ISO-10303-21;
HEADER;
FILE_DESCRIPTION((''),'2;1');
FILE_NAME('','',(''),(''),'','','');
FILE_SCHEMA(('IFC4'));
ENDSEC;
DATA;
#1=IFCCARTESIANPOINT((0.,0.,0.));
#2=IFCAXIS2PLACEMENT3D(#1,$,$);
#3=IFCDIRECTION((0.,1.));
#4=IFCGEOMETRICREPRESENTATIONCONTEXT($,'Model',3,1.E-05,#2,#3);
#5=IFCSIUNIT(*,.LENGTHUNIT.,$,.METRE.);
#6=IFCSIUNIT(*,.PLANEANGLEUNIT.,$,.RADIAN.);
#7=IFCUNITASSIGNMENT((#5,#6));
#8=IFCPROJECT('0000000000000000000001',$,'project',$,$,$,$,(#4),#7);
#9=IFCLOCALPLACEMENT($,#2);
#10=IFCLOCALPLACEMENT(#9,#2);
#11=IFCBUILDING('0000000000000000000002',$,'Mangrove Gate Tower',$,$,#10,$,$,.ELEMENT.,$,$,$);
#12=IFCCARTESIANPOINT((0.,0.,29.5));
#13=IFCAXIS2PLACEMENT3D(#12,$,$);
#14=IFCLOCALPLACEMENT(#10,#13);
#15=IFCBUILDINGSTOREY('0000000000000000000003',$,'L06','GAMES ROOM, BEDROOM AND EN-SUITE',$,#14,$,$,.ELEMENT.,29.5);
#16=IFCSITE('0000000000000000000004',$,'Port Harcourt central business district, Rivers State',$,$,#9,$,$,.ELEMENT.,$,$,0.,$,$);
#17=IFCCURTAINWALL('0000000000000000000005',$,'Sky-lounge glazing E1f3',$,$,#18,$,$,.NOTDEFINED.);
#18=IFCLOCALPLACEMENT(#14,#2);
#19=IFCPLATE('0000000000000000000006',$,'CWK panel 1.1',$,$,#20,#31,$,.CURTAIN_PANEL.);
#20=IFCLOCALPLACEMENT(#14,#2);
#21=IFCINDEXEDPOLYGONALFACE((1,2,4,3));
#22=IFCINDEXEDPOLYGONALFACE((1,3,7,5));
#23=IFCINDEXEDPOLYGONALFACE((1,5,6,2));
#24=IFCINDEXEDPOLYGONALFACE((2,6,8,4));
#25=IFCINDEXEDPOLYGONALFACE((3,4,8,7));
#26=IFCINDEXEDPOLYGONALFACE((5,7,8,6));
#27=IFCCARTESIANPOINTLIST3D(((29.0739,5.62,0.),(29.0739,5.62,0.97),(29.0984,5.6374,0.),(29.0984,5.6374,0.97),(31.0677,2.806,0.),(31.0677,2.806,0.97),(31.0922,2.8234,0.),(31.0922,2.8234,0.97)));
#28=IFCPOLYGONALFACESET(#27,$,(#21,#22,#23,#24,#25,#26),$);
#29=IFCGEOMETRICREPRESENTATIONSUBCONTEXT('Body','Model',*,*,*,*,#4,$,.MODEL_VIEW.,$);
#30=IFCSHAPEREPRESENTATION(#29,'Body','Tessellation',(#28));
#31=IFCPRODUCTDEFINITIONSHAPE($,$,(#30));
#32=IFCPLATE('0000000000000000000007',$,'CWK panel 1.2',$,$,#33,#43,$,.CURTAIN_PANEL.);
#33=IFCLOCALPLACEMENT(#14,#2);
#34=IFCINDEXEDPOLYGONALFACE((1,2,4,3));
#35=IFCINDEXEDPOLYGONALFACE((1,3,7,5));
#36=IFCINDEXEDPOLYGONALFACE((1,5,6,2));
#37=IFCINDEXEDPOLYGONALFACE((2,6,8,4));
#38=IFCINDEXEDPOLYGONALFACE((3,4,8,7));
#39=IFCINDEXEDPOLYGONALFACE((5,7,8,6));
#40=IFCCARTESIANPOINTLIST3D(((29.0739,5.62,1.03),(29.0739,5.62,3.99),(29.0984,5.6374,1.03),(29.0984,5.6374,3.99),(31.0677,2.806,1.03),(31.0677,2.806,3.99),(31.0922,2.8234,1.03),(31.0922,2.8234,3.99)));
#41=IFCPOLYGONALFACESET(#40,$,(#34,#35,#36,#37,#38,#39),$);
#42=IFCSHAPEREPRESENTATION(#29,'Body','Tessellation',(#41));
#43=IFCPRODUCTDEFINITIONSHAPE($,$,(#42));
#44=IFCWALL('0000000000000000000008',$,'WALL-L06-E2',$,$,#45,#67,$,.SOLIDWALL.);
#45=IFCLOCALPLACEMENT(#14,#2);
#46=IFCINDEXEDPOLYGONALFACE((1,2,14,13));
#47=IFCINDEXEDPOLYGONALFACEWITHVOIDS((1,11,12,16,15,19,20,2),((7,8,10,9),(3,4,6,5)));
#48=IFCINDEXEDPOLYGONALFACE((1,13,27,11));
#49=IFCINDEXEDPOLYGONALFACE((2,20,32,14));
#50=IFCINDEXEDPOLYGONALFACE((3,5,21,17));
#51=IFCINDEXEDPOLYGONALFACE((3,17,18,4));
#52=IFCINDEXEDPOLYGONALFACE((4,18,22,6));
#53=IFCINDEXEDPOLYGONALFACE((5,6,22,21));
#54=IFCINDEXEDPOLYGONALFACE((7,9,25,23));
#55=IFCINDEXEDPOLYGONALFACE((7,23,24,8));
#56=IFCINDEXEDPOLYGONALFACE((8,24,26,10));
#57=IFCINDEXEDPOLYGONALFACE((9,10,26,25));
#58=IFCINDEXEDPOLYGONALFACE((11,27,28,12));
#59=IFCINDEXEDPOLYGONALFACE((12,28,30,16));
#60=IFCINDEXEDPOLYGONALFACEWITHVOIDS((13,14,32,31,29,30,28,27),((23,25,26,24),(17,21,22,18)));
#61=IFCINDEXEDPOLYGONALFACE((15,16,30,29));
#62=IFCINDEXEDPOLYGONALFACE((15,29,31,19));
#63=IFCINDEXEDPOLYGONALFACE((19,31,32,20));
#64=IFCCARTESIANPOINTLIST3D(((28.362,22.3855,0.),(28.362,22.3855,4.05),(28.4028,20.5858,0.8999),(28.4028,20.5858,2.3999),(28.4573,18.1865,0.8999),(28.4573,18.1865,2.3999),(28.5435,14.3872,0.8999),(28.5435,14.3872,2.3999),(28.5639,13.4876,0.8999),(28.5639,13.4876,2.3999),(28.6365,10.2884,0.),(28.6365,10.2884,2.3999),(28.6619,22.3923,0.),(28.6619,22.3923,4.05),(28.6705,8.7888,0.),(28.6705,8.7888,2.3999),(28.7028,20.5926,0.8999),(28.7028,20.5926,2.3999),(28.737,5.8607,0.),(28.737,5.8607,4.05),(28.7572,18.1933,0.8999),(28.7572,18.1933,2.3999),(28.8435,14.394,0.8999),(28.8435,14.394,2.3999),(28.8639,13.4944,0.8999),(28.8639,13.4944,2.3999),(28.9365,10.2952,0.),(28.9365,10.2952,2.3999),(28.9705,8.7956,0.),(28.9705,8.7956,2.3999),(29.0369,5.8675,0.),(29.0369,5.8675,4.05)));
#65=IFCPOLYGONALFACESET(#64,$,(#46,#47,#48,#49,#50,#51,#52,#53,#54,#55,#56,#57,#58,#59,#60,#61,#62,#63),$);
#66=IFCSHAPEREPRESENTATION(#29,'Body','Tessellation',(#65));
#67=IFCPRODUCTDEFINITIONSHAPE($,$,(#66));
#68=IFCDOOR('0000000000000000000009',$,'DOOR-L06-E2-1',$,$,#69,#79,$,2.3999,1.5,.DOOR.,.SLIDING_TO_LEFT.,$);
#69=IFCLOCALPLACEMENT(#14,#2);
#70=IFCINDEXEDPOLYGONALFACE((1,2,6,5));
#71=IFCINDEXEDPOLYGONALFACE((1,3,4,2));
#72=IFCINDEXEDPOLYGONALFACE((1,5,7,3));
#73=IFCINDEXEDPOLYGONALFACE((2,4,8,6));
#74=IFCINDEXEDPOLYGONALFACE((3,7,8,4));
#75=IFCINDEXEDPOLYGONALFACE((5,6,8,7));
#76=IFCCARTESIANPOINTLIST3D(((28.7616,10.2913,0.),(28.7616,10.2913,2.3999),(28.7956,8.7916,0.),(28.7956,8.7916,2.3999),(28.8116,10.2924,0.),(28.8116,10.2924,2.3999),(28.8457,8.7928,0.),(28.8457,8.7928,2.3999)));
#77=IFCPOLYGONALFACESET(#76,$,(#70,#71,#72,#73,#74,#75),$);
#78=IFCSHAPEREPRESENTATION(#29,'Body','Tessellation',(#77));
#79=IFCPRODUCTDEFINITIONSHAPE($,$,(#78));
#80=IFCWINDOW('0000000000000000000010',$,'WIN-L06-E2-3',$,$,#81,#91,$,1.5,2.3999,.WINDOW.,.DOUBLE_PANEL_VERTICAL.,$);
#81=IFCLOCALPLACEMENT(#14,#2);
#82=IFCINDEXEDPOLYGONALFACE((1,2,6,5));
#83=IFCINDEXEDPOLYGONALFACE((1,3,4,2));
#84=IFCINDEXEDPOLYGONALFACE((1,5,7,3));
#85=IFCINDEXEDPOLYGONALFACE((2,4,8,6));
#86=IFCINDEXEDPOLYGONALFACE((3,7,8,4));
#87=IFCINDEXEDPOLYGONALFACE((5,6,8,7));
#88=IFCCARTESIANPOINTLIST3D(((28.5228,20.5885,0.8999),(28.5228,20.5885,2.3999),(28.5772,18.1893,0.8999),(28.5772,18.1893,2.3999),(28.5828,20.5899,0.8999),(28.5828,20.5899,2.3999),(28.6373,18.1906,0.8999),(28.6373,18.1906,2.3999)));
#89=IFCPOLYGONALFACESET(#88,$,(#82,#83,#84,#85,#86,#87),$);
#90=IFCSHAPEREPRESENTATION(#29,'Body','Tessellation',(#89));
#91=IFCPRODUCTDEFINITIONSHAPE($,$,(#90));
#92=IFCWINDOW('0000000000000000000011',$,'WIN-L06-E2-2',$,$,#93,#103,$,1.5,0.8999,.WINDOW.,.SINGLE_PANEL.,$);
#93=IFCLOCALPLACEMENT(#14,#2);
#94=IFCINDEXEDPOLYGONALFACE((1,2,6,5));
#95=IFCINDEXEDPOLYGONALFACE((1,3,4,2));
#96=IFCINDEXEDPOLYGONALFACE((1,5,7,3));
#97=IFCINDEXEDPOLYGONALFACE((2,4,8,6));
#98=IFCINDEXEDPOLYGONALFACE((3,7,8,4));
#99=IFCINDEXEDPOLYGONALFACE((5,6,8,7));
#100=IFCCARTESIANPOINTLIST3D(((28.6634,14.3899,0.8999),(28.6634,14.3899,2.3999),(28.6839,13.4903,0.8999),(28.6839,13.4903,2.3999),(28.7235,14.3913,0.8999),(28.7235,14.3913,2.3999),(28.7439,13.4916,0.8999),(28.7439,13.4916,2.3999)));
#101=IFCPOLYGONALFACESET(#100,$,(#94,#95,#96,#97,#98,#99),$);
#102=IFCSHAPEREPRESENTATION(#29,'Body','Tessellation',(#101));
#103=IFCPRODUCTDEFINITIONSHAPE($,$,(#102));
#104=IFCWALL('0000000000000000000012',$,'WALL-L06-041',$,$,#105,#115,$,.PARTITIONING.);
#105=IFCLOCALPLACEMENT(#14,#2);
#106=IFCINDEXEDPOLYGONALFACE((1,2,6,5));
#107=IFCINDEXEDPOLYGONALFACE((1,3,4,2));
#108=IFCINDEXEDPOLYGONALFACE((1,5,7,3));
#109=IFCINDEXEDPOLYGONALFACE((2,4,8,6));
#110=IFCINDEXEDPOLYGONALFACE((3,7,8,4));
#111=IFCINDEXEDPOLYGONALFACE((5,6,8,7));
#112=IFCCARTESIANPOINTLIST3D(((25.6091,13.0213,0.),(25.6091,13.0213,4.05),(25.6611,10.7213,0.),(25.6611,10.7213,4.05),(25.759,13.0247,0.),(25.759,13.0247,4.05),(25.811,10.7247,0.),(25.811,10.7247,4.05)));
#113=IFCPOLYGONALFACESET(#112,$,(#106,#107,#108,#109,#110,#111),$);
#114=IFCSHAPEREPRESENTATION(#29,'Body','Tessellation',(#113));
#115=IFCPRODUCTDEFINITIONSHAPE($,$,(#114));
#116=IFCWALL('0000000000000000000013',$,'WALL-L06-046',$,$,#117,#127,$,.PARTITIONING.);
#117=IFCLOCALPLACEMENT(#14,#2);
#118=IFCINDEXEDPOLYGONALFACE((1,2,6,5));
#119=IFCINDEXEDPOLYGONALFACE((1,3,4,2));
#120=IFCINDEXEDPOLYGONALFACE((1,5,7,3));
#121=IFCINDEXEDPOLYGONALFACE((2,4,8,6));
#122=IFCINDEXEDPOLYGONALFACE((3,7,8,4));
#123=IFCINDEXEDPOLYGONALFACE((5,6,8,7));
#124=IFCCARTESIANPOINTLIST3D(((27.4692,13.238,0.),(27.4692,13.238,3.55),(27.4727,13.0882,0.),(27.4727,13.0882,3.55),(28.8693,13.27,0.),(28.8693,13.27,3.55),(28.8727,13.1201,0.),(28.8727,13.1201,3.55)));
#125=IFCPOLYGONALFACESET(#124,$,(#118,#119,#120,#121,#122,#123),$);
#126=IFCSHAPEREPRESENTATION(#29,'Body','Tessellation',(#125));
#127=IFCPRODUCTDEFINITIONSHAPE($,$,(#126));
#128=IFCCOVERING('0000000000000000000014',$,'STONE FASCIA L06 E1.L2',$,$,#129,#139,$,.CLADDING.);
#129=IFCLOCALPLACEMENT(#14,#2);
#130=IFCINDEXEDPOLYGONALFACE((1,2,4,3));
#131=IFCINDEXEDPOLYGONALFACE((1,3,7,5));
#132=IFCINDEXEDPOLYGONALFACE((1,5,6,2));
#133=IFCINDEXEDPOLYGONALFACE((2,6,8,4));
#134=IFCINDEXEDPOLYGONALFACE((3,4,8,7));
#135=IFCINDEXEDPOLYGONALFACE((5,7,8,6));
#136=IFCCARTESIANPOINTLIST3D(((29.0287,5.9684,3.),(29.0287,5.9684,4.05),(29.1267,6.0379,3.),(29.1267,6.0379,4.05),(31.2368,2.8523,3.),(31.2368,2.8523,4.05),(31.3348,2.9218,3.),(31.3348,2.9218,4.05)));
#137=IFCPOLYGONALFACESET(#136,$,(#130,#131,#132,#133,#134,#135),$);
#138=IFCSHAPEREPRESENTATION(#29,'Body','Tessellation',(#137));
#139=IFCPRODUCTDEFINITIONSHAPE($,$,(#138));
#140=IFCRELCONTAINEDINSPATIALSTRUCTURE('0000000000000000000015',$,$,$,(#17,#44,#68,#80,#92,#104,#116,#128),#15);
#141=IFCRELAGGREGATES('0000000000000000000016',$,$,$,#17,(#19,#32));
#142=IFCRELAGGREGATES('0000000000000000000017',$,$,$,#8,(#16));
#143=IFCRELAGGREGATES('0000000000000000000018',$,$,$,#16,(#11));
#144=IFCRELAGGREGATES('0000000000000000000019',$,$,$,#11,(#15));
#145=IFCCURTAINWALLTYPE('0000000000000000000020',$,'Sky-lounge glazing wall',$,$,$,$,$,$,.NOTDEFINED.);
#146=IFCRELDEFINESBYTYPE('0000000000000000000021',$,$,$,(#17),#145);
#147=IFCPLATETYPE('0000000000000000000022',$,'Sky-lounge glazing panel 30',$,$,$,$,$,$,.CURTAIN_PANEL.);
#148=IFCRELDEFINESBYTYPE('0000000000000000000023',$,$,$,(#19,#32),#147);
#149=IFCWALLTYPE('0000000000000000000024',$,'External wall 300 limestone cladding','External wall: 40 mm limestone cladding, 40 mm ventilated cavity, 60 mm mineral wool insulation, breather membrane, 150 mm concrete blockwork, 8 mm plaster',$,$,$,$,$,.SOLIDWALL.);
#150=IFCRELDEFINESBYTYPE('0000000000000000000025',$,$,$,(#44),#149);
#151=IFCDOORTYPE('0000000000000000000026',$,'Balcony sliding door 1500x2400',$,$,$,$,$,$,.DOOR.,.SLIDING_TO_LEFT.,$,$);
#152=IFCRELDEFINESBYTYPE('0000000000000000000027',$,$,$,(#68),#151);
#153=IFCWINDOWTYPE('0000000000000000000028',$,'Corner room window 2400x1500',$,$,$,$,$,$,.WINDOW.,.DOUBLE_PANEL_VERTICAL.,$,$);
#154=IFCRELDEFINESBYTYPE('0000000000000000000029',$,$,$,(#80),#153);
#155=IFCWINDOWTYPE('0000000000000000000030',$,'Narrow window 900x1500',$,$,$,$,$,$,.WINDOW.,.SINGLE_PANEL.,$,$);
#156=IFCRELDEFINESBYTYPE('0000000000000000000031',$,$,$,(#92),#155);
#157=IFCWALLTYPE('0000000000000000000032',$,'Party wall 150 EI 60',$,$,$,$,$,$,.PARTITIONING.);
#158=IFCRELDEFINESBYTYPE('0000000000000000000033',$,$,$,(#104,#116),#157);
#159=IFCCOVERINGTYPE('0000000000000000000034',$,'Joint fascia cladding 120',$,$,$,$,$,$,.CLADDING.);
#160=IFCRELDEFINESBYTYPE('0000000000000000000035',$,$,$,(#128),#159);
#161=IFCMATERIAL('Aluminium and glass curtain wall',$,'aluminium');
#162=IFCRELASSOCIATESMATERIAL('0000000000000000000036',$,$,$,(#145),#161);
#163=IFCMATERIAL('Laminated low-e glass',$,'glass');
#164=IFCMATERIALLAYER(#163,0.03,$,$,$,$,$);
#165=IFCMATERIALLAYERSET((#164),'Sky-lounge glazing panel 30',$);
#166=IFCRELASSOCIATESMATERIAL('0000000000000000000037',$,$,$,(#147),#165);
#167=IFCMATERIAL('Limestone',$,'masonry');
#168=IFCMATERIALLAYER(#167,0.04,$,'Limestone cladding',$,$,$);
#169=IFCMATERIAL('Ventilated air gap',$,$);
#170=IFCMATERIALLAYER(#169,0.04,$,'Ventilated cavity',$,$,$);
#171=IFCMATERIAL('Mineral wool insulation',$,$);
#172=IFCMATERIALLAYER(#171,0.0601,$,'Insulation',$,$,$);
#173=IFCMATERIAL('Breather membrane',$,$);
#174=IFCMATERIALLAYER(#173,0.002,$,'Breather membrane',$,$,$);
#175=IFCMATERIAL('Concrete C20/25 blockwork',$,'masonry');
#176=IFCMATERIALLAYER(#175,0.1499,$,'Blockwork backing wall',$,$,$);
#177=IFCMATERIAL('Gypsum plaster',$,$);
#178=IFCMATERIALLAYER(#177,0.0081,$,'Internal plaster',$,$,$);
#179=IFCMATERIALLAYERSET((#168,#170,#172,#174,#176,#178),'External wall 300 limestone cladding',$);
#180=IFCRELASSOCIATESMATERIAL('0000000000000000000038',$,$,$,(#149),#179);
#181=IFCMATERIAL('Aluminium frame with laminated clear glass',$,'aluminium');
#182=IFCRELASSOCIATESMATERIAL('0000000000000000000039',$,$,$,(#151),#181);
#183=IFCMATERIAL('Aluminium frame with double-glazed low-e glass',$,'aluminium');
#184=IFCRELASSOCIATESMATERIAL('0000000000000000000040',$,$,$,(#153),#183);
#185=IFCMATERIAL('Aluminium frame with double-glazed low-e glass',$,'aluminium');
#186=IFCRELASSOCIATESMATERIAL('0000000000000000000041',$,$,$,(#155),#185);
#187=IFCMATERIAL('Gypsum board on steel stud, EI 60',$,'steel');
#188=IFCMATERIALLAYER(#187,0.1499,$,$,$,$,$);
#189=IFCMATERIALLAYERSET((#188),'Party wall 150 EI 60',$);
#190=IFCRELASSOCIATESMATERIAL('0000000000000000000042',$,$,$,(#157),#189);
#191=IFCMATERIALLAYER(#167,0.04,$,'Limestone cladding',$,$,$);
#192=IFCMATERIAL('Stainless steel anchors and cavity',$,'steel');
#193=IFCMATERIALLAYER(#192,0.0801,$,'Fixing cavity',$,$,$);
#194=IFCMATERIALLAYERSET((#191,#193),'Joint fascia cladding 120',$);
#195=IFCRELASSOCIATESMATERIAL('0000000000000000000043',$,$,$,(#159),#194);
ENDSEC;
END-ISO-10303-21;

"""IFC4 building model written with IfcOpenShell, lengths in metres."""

from ifc_helpers import new_model, si_unit, direction, frame, frame_2d, origin, origin_2d, place, context, subcontext, project, spatial, rectangle, extrude, material, layer, layer_set, type_object, element, fill, aggregate, save


model = new_model("IFC4")

# Units and contexts
model_context = context("Model", 3, precision=1e-05, world=origin(), true_north=direction((0.0, 1.0)))
body_context = subcontext(model_context, "Body", "Model", "MODEL_VIEW")
ifc_project = project(units=[si_unit("LENGTHUNIT", "METRE"), si_unit("PLANEANGLEUNIT", "RADIAN")], contexts=[model_context])

# Site, building, storey
site_placement = place(None, origin())
site = spatial("IfcSite", under=ifc_project, at=site_placement, Name="Port Harcourt central business district, Rivers State", CompositionType="ELEMENT", RefElevation=0.0)
building_placement = place(site_placement, origin())
building = spatial("IfcBuilding", under=site, at=building_placement, Name="Mangrove Gate Tower", CompositionType="ELEMENT")
storey_placement = place(building_placement, frame((0.0, 0.0, 29.5)))
storey = spatial("IfcBuildingStorey", under=building, at=storey_placement, Name="L06", Description="GAMES ROOM, BEDROOM AND EN-SUITE", CompositionType="ELEMENT", Elevation=29.5)

# Curtain wall
ifc_material_1 = material(Name="Aluminium and glass curtain wall", Category="aluminium")
curtain_wall_type = type_object("IfcCurtainWallType", Name="Sky-lounge glazing wall", PredefinedType="NOTDEFINED", material=ifc_material_1)
curtain_wall_1_placement = place(storey_placement, origin())
curtain_wall_1 = element("IfcCurtainWall", 1, at=curtain_wall_1_placement, inside=storey, type_object=curtain_wall_type, Name="Sky-lounge glazing E1f3", PredefinedType="NOTDEFINED")

# Plates
ifc_material_2 = material(Name="Laminated low-e glass", Category="glass")
ifc_layer_1 = layer(ifc_material_2, 0.03)
ifc_layer_set_1 = layer_set([ifc_layer_1], Name="Sky-lounge glazing panel 30")
plate_type = type_object("IfcPlateType", Name="Sky-lounge glazing panel 30", PredefinedType="CURTAIN_PANEL", material=ifc_layer_set_1)
plate_1_placement = place(storey_placement, frame((30.083, 4.2217, 0.0), z_axis=(0.0, 0.0, 1.0), x_axis=(-0.578123, 0.81595, 0.0)))
plate_1 = element("IfcPlate", 2, at=plate_1_placement, type_object=plate_type, Name="CWK panel 1.1", PredefinedType="CURTAIN_PANEL", context=body_context, shape_type="SweptSolid", body=[
    extrude(rectangle(XDim=3.4487, YDim=0.03, at=origin_2d()), origin(), (0.0, 0.0, 1.0), 0.97),
])
plate_2_placement = place(storey_placement, frame((30.083, 4.2217, 1.03), z_axis=(0.0, 0.0, 1.0), x_axis=(-0.578123, 0.81595, 0.0)))
plate_2 = element("IfcPlate", 3, at=plate_2_placement, type_object=plate_type, Name="CWK panel 1.2", PredefinedType="CURTAIN_PANEL", context=body_context, shape_type="SweptSolid", body=[
    extrude(rectangle(XDim=3.4487, YDim=0.03, at=origin_2d()), origin(), (0.0, 0.0, 1.0), 2.96),
])
aggregate(curtain_wall_1, [plate_1, plate_2])

# Wall, openings, door, windows
ifc_material_3 = material(Name="Limestone", Category="masonry")
ifc_layer_2 = layer(ifc_material_3, 0.04, Name="Limestone cladding")
ifc_material_4 = material(Name="Ventilated air gap")
ifc_layer_3 = layer(ifc_material_4, 0.04, Name="Ventilated cavity")
ifc_material_5 = material(Name="Mineral wool insulation")
ifc_layer_4 = layer(ifc_material_5, 0.0601, Name="Insulation")
ifc_material_6 = material(Name="Breather membrane")
ifc_layer_5 = layer(ifc_material_6, 0.002, Name="Breather membrane")
ifc_material_7 = material(Name="Concrete C20/25 blockwork", Category="masonry")
ifc_layer_6 = layer(ifc_material_7, 0.1499, Name="Blockwork backing wall")
ifc_material_8 = material(Name="Gypsum plaster")
ifc_layer_7 = layer(ifc_material_8, 0.0081, Name="Internal plaster")
ifc_layer_set_2 = layer_set([ifc_layer_2, ifc_layer_3, ifc_layer_4, ifc_layer_5, ifc_layer_6, ifc_layer_7], Name="External wall 300 limestone cladding")
wall_type_1 = type_object("IfcWallType", Name="External wall 300 limestone cladding", Description="External wall: 40 mm limestone cladding, 40 mm ventilated cavity, 60 mm mineral wool insulation, breather membrane, 150 mm concrete blockwork, 8 mm plaster", PredefinedType="SOLIDWALL", material=ifc_layer_set_2)
wall_1_placement = place(storey_placement, frame((28.887, 5.864, 0.0), z_axis=(0.0, 0.0, 1.0), x_axis=(-0.022687, 0.999743, 0.0)))
wall_1 = element("IfcWall", 4, at=wall_1_placement, inside=storey, type_object=wall_type_1, Name="WALL-L06-E2", PredefinedType="SOLIDWALL", context=body_context, shape_type="SweptSolid", body=[
    extrude(rectangle(XDim=16.5291, YDim=0.3, at=frame_2d((8.2646, 0.0))), origin(), (0.0, 0.0, 1.0), 4.05),
])
opening_1_placement = place(wall_1_placement, frame((2.929, 0.0, 0.0)))
opening_1 = element("IfcOpeningElement", 5, at=opening_1_placement, cuts=wall_1, PredefinedType="OPENING", context=body_context, shape_type="SweptSolid", body=[
    extrude(rectangle(XDim=1.5, YDim=2.3999, at=frame_2d((0.75, 1.2))), frame((0.0, 0.1599, 0.0), z_axis=(0.0, -1.0, 0.0), x_axis=(1.0, 0.0, 0.0)), (0.0, 0.0, 1.0), 0.3201),
])
opening_2_placement = place(wall_1_placement, frame((7.6289, 0.0, 0.8999)))
opening_2 = element("IfcOpeningElement", 6, at=opening_2_placement, cuts=wall_1, PredefinedType="OPENING", context=body_context, shape_type="SweptSolid", body=[
    extrude(rectangle(XDim=0.8999, YDim=1.5, at=frame_2d((0.45, 0.75))), frame((0.0, 0.1599, 0.0), z_axis=(0.0, -1.0, 0.0), x_axis=(1.0, 0.0, 0.0)), (0.0, 0.0, 1.0), 0.3201),
])
opening_3_placement = place(wall_1_placement, frame((12.3291, 0.0, 0.8999)))
opening_3 = element("IfcOpeningElement", 7, at=opening_3_placement, cuts=wall_1, PredefinedType="OPENING", context=body_context, shape_type="SweptSolid", body=[
    extrude(rectangle(XDim=2.3999, YDim=1.5, at=frame_2d((1.2, 0.75))), frame((0.0, 0.1599, 0.0), z_axis=(0.0, -1.0, 0.0), x_axis=(1.0, 0.0, 0.0)), (0.0, 0.0, 1.0), 0.3201),
])
ifc_material_9 = material(Name="Aluminium frame with laminated clear glass", Category="aluminium")
door_type = type_object("IfcDoorType", Name="Balcony sliding door 1500x2400", OperationType="SLIDING_TO_LEFT", PredefinedType="DOOR", material=ifc_material_9)
door_placement = place(opening_1_placement, origin())
door = element("IfcDoor", 8, at=door_placement, inside=storey, type_object=door_type, Name="DOOR-L06-E2-1", OperationType="SLIDING_TO_LEFT", OverallHeight=2.3999, OverallWidth=1.5, PredefinedType="DOOR", context=body_context, shape_type="SweptSolid", body=[
    extrude(rectangle(XDim=1.5, YDim=2.3999, at=frame_2d((0.75, 1.2))), frame((0.0, 0.0249, 0.0), z_axis=(0.0, -1.0, 0.0), x_axis=(1.0, 0.0, 0.0)), (0.0, 0.0, 1.0), 0.05),
])
fill(opening_1, door)
ifc_material_10 = material(Name="Aluminium frame with double-glazed low-e glass", Category="aluminium")
window_type_1 = type_object("IfcWindowType", Name="Corner room window 2400x1500", PartitioningType="DOUBLE_PANEL_VERTICAL", PredefinedType="WINDOW", material=ifc_material_10)
window_1_placement = place(opening_3_placement, origin())
window_1 = element("IfcWindow", 9, at=window_1_placement, inside=storey, type_object=window_type_1, Name="WIN-L06-E2-3", OverallHeight=1.5, OverallWidth=2.3999, PartitioningType="DOUBLE_PANEL_VERTICAL", PredefinedType="WINDOW", context=body_context, shape_type="SweptSolid", body=[
    extrude(rectangle(XDim=2.3999, YDim=1.5, at=frame_2d((1.2, 0.75))), frame((0.0, 0.03, 0.0), z_axis=(0.0, -1.0, 0.0), x_axis=(1.0, 0.0, 0.0)), (0.0, 0.0, 1.0), 0.0601),
])
fill(opening_3, window_1)
ifc_material_11 = material(Name="Aluminium frame with double-glazed low-e glass", Category="aluminium")
window_type_2 = type_object("IfcWindowType", Name="Narrow window 900x1500", PartitioningType="SINGLE_PANEL", PredefinedType="WINDOW", material=ifc_material_11)
window_2_placement = place(opening_2_placement, origin())
window_2 = element("IfcWindow", 10, at=window_2_placement, inside=storey, type_object=window_type_2, Name="WIN-L06-E2-2", OverallHeight=1.5, OverallWidth=0.8999, PartitioningType="SINGLE_PANEL", PredefinedType="WINDOW", context=body_context, shape_type="SweptSolid", body=[
    extrude(rectangle(XDim=0.8999, YDim=1.5, at=frame_2d((0.45, 0.75))), frame((0.0, 0.03, 0.0), z_axis=(0.0, -1.0, 0.0), x_axis=(1.0, 0.0, 0.0)), (0.0, 0.0, 1.0), 0.0601),
])
fill(opening_2, window_2)

# Walls
ifc_material_12 = material(Name="Gypsum board on steel stud, EI 60", Category="steel")
ifc_layer_8 = layer(ifc_material_12, 0.1499)
ifc_layer_set_3 = layer_set([ifc_layer_8], Name="Party wall 150 EI 60")
wall_type_2 = type_object("IfcWallType", Name="Party wall 150 EI 60", PredefinedType="PARTITIONING", material=ifc_layer_set_3)
wall_2_placement = place(storey_placement, frame((25.7361, 10.7229, 0.0), z_axis=(0.0, 0.0, 1.0), x_axis=(-0.022603, 0.999745, 0.0)))
element("IfcWall", 11, at=wall_2_placement, inside=storey, type_object=wall_type_2, Name="WALL-L06-041", PredefinedType="PARTITIONING", context=body_context, shape_type="SweptSolid", body=[
    extrude(rectangle(XDim=2.3005, YDim=0.1499, at=frame_2d((1.1504, 0.0))), origin(), (0.0, 0.0, 1.0), 4.05),
])
wall_3_placement = place(storey_placement, frame((27.4709, 13.1631, 0.0), z_axis=(0.0, 0.0, 1.0), x_axis=(0.999739, 0.022836, 0.0)))
element("IfcWall", 12, at=wall_3_placement, inside=storey, type_object=wall_type_2, Name="WALL-L06-046", PredefinedType="PARTITIONING", context=body_context, shape_type="SweptSolid", body=[
    extrude(rectangle(XDim=1.4004, YDim=0.1499, at=frame_2d((0.7002, 0.0))), origin(), (0.0, 0.0, 1.0), 3.55),
])

# Covering
ifc_layer_9 = layer(ifc_material_3, 0.04, Name="Limestone cladding")
ifc_material_13 = material(Name="Stainless steel anchors and cavity", Category="steel")
ifc_layer_10 = layer(ifc_material_13, 0.0801, Name="Fixing cavity")
ifc_layer_set_4 = layer_set([ifc_layer_9, ifc_layer_10], Name="Joint fascia cladding 120")
covering_type = type_object("IfcCoveringType", Name="Joint fascia cladding 120", PredefinedType="CLADDING", material=ifc_layer_set_4)
covering_placement = place(storey_placement, frame((31.2859, 2.887, 3.0), z_axis=(0.0, 0.0, 1.0), x_axis=(-0.578168, 0.815918, 0.0)))
element("IfcCovering", 13, at=covering_placement, inside=storey, type_object=covering_type, Name="STONE FASCIA L06 E1.L2", PredefinedType="CLADDING", context=body_context, shape_type="SweptSolid", body=[
    extrude(rectangle(XDim=3.8191, YDim=0.1201, at=frame_2d((1.9097, 0.0))), origin(), (0.0, 0.0, 1.0), 1.05),
])

save(model, "model.ifc")
